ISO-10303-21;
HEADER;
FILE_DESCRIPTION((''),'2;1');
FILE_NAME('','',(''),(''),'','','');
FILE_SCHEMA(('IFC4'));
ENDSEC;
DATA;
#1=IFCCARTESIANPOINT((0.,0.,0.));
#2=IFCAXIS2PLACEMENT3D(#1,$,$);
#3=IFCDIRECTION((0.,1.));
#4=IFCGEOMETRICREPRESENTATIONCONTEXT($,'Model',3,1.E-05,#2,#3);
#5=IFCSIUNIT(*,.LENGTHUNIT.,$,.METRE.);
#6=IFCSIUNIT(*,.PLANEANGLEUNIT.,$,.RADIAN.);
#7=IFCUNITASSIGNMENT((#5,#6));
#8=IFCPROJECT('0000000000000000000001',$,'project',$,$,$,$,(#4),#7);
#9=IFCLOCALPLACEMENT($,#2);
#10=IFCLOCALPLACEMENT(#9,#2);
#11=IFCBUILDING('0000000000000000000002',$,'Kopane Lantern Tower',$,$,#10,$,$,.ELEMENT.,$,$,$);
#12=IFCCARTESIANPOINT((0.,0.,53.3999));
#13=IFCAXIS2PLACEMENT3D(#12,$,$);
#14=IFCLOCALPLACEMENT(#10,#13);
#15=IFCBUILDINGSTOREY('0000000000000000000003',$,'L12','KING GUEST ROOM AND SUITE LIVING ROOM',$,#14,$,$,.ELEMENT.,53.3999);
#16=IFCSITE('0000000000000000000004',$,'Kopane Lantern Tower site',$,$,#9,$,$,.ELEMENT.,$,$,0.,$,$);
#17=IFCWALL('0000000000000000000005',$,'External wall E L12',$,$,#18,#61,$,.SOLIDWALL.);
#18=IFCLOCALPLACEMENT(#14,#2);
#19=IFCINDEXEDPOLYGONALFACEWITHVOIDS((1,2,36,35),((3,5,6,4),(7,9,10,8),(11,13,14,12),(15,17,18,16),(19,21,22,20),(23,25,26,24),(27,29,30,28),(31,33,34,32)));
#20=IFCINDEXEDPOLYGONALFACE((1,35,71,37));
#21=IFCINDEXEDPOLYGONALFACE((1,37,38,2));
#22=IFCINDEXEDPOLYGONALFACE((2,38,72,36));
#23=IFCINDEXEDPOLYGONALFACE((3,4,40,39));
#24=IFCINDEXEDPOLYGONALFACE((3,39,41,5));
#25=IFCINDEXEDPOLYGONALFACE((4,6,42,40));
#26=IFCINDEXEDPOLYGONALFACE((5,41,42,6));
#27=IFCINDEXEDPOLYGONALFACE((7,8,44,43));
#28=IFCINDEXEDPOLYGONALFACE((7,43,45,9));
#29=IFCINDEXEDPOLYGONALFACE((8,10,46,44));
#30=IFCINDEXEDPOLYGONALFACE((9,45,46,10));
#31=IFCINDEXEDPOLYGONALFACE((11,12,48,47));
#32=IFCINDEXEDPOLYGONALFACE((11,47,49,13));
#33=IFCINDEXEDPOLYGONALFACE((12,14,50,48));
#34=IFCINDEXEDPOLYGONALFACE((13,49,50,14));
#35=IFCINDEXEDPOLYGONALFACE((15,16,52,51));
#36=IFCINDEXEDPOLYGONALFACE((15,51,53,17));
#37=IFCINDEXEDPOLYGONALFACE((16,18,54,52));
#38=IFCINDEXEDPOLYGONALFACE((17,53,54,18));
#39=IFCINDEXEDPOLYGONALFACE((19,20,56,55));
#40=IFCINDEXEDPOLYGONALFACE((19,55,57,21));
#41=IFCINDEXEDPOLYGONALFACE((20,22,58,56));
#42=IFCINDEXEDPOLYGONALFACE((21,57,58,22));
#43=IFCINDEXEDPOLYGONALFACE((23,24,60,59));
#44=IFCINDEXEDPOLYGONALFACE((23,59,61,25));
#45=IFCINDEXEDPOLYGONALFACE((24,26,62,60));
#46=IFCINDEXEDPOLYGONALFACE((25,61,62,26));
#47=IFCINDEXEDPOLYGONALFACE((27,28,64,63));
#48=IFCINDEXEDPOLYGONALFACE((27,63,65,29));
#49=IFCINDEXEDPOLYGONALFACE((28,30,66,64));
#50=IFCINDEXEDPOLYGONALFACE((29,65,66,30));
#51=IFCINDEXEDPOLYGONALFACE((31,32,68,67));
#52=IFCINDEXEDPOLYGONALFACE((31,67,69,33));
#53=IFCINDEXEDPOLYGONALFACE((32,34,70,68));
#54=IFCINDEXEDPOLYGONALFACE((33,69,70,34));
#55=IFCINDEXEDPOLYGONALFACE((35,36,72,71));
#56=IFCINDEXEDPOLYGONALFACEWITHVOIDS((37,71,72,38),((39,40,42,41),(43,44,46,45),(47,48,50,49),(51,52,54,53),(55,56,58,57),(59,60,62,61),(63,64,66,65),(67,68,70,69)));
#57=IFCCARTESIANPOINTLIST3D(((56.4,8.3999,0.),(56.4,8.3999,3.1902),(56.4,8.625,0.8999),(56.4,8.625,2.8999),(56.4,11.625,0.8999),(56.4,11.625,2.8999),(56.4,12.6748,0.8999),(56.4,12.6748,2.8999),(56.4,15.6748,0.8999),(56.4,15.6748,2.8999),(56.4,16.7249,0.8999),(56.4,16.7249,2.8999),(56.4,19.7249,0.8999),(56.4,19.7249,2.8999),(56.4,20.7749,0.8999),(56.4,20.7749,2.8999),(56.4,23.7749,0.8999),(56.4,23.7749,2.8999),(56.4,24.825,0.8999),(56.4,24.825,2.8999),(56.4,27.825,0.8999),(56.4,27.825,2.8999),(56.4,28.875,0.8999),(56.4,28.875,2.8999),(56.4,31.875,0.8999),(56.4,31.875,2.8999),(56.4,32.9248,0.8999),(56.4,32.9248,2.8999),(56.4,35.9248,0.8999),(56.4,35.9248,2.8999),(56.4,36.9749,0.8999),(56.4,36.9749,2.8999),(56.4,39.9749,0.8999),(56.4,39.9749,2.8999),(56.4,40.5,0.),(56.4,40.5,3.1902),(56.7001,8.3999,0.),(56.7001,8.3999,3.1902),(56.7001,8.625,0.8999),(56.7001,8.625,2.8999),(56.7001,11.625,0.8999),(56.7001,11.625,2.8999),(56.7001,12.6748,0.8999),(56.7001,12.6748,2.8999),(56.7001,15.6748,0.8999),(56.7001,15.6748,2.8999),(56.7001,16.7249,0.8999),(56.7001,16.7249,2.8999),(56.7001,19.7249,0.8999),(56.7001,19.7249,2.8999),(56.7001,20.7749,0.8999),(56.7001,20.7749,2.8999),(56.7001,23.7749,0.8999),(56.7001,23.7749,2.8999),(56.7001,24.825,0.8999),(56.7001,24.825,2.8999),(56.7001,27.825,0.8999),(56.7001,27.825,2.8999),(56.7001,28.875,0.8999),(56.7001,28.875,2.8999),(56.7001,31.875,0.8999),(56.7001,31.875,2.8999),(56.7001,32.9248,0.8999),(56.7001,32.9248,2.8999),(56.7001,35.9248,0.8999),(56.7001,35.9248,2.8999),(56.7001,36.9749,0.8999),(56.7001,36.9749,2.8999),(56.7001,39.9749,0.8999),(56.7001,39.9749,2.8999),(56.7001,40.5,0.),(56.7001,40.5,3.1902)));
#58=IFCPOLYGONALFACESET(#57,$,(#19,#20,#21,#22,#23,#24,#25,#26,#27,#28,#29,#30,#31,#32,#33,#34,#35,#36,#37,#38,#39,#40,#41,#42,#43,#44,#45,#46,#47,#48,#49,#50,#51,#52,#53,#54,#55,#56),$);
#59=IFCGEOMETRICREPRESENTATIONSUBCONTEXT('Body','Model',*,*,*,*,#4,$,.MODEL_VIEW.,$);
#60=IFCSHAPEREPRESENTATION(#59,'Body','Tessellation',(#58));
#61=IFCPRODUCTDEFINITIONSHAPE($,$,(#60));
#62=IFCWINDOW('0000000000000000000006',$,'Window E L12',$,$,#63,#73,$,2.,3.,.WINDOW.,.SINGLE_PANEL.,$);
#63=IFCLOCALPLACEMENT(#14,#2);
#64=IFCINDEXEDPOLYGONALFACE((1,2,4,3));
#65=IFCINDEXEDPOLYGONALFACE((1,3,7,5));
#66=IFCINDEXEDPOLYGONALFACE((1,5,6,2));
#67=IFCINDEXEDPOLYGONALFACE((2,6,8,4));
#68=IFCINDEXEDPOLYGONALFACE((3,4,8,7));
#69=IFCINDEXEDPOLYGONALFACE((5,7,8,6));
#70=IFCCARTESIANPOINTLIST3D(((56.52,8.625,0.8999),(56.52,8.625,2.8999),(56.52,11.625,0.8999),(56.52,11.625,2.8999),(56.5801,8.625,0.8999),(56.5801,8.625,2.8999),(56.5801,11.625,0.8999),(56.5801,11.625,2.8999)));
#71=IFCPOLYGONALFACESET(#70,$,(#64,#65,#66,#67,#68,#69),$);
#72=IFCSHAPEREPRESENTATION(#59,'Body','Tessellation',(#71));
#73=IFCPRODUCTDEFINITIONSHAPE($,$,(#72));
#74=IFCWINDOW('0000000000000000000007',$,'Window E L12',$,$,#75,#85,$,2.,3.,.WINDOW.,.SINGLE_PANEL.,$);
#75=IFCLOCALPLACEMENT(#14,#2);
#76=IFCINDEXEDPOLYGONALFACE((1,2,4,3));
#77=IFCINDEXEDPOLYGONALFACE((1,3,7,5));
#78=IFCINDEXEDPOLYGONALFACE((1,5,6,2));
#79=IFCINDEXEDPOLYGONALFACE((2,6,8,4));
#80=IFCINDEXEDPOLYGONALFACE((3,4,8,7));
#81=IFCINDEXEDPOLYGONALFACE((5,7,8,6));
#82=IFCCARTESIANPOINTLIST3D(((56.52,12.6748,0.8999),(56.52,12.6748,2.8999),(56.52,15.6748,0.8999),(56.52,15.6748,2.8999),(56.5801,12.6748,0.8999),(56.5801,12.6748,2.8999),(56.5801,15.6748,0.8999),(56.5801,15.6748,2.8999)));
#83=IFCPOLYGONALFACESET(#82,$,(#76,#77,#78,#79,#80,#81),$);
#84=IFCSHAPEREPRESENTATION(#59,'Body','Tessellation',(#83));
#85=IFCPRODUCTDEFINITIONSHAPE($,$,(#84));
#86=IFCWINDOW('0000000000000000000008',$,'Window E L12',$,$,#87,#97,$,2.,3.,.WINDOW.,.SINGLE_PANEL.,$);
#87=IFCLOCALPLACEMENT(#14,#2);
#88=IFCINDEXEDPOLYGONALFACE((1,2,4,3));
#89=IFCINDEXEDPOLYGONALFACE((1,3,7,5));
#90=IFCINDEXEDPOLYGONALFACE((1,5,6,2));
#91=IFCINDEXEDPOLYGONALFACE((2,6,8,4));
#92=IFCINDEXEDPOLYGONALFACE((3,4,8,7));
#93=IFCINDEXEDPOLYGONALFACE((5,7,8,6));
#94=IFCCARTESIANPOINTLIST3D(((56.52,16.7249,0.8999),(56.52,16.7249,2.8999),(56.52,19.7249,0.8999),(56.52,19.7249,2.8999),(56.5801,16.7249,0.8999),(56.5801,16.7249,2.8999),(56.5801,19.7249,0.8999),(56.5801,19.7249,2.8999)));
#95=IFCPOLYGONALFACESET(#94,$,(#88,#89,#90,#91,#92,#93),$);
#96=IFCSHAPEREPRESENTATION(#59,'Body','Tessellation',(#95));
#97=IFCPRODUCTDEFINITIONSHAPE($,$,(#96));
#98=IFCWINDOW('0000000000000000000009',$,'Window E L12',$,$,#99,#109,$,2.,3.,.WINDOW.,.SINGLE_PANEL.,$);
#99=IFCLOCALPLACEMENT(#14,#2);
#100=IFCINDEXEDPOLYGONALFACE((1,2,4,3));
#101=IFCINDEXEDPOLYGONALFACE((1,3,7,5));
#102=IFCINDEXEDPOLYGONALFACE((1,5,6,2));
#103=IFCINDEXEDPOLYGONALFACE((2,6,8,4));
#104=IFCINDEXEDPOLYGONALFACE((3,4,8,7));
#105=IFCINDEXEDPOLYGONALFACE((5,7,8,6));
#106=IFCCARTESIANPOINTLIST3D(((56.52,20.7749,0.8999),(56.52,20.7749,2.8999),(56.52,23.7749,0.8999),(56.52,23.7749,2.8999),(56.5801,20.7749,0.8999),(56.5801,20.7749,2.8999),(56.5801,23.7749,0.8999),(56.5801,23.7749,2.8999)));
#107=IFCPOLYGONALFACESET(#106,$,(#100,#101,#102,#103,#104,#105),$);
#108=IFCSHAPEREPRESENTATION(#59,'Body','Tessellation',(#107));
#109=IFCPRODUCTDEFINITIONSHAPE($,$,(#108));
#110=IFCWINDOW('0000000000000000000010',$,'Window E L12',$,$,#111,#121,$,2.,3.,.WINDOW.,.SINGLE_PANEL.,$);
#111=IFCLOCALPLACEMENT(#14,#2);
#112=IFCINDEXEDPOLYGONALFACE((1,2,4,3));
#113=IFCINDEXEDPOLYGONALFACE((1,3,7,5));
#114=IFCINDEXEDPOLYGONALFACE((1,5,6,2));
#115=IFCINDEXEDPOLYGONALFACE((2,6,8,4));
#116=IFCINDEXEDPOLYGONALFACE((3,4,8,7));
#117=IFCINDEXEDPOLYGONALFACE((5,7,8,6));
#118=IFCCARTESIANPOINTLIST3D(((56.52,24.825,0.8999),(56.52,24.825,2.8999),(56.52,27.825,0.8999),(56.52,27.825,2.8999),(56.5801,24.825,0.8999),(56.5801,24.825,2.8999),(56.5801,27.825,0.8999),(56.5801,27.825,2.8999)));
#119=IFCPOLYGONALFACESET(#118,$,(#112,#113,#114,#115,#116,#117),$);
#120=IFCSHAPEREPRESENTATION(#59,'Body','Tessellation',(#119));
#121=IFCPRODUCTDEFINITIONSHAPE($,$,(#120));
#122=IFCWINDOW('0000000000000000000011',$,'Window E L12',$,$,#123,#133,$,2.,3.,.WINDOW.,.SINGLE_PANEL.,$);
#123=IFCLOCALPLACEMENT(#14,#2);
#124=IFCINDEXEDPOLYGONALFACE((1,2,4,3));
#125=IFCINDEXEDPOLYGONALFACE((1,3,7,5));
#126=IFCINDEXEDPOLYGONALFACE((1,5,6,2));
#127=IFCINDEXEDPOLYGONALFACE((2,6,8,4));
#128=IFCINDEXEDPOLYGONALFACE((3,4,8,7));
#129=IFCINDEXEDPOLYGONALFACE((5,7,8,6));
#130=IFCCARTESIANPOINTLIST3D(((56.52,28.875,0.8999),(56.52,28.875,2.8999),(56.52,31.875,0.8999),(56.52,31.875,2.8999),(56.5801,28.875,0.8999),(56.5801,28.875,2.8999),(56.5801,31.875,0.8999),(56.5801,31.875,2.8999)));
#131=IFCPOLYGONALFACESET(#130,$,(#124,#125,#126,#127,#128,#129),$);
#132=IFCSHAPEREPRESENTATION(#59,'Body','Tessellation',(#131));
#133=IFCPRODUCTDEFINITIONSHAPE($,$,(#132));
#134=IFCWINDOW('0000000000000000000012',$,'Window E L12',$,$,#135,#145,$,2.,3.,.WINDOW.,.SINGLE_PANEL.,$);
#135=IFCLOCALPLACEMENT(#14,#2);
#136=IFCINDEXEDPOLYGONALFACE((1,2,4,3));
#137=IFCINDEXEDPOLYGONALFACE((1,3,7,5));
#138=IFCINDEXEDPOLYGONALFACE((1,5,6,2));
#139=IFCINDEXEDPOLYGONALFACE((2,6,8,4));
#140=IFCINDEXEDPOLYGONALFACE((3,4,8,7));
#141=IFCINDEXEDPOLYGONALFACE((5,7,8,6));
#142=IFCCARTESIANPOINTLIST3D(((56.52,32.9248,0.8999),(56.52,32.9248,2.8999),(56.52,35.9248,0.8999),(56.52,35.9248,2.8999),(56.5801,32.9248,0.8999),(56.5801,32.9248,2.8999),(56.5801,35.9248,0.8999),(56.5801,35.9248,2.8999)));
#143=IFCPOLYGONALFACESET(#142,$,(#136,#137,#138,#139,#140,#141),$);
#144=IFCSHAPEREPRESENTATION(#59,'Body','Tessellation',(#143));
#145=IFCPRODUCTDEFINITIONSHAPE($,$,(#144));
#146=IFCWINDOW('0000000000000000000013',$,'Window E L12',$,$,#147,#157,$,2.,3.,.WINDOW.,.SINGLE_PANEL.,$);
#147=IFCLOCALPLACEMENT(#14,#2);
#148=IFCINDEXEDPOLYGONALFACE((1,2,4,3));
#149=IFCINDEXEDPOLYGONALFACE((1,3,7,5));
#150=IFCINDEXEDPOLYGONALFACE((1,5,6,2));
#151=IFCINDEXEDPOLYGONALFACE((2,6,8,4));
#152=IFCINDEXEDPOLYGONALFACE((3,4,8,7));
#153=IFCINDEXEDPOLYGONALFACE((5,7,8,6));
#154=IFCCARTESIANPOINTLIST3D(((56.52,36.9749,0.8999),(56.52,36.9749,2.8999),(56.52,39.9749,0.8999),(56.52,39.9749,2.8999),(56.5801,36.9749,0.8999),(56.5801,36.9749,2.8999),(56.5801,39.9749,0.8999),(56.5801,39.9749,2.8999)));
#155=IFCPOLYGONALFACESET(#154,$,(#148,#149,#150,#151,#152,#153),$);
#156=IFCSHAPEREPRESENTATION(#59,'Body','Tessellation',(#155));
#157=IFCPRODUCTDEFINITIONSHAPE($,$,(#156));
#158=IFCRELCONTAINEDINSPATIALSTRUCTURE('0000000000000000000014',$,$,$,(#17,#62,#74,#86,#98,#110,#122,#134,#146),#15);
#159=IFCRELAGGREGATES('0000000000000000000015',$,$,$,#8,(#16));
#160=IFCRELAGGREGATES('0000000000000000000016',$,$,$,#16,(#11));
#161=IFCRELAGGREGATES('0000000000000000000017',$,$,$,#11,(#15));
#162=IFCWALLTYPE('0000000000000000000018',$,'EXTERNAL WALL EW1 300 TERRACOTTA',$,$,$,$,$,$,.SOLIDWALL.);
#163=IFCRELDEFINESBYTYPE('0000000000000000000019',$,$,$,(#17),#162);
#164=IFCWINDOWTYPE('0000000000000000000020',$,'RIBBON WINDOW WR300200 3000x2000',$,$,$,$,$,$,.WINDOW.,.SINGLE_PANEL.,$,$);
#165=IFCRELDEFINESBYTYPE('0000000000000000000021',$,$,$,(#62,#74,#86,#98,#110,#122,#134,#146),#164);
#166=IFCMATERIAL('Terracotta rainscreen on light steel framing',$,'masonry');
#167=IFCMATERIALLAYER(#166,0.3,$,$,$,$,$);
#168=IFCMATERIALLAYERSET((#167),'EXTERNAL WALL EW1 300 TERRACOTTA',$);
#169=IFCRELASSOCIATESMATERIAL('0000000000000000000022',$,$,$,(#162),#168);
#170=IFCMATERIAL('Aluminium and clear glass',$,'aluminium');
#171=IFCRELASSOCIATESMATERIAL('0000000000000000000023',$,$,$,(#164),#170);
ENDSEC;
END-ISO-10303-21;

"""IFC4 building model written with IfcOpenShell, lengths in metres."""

from ifc_helpers import new_model, si_unit, direction, frame, frame_2d, origin, place, context, subcontext, project, spatial, rectangle, extrude, material, layer, layer_set, type_object, element, fill, save


model = new_model("IFC4")

# Units and contexts
model_context = context("Model", 3, precision=1e-05, world=origin(), true_north=direction((0.0, 1.0)))
body_context = subcontext(model_context, "Body", "Model", "MODEL_VIEW")
ifc_project = project(units=[si_unit("LENGTHUNIT", "METRE"), si_unit("PLANEANGLEUNIT", "RADIAN")], contexts=[model_context])

# Site, building, storey
site_placement = place(None, origin())
site = spatial("IfcSite", under=ifc_project, at=site_placement, Name="Kopane Lantern Tower site", CompositionType="ELEMENT", RefElevation=0.0)
building_placement = place(site_placement, origin())
building = spatial("IfcBuilding", under=site, at=building_placement, Name="Kopane Lantern Tower", CompositionType="ELEMENT")
storey_placement = place(building_placement, frame((0.0, 0.0, 53.3999)))
storey = spatial("IfcBuildingStorey", under=building, at=storey_placement, Name="L12", Description="KING GUEST ROOM AND SUITE LIVING ROOM", CompositionType="ELEMENT", Elevation=53.3999)

# Shared definitions
ifc_material_1 = material(Name="Terracotta rainscreen on light steel framing", Category="masonry")
ifc_layer = layer(ifc_material_1, 0.3)
ifc_layer_set = layer_set([ifc_layer], Name="EXTERNAL WALL EW1 300 TERRACOTTA")
wall_type = type_object("IfcWallType", Name="EXTERNAL WALL EW1 300 TERRACOTTA", PredefinedType="SOLIDWALL", material=ifc_layer_set)

# Wall, openings, windows
wall_1_placement = place(storey_placement, frame((56.55, 8.3999, 0.0), z_axis=(0.0, 0.0, 1.0), x_axis=(0.0, 1.0, 0.0)))
wall_1 = element("IfcWall", 1, at=wall_1_placement, inside=storey, type_object=wall_type, Name="External wall E L12", PredefinedType="SOLIDWALL", context=body_context, shape_type="SweptSolid", body=[
    extrude(rectangle(XDim=32.1001, YDim=0.3, at=frame_2d((16.05, 0.0))), origin(), (0.0, 0.0, 1.0), 3.1902),
])
opening_1_placement = place(wall_1_placement, frame((0.2251, 0.0, 0.8999)))
opening_1 = element("IfcOpeningElement", 2, at=opening_1_placement, cuts=wall_1, PredefinedType="OPENING", context=body_context, shape_type="SweptSolid", body=[
    extrude(rectangle(XDim=3.0, YDim=2.0, at=frame_2d((1.5, 1.0))), frame((0.0, 0.1599, 0.0), z_axis=(0.0, -1.0, 0.0), x_axis=(1.0, 0.0, 0.0)), (0.0, 0.0, 1.0), 0.3201),
])
opening_2_placement = place(wall_1_placement, frame((4.2749, 0.0, 0.8999)))
opening_2 = element("IfcOpeningElement", 3, at=opening_2_placement, cuts=wall_1, PredefinedType="OPENING", context=body_context, shape_type="SweptSolid", body=[
    extrude(rectangle(XDim=3.0, YDim=2.0, at=frame_2d((1.5, 1.0))), frame((0.0, 0.1599, 0.0), z_axis=(0.0, -1.0, 0.0), x_axis=(1.0, 0.0, 0.0)), (0.0, 0.0, 1.0), 0.3201),
])
opening_3_placement = place(wall_1_placement, frame((8.325, 0.0, 0.8999)))
opening_3 = element("IfcOpeningElement", 4, at=opening_3_placement, cuts=wall_1, PredefinedType="OPENING", context=body_context, shape_type="SweptSolid", body=[
    extrude(rectangle(XDim=3.0, YDim=2.0, at=frame_2d((1.5, 1.0))), frame((0.0, 0.1599, 0.0), z_axis=(0.0, -1.0, 0.0), x_axis=(1.0, 0.0, 0.0)), (0.0, 0.0, 1.0), 0.3201),
])
opening_4_placement = place(wall_1_placement, frame((12.375, 0.0, 0.8999)))
opening_4 = element("IfcOpeningElement", 5, at=opening_4_placement, cuts=wall_1, PredefinedType="OPENING", context=body_context, shape_type="SweptSolid", body=[
    extrude(rectangle(XDim=3.0, YDim=2.0, at=frame_2d((1.5, 1.0))), frame((0.0, 0.1599, 0.0), z_axis=(0.0, -1.0, 0.0), x_axis=(1.0, 0.0, 0.0)), (0.0, 0.0, 1.0), 0.3201),
])
opening_5_placement = place(wall_1_placement, frame((16.425, 0.0, 0.8999)))
opening_5 = element("IfcOpeningElement", 6, at=opening_5_placement, cuts=wall_1, PredefinedType="OPENING", context=body_context, shape_type="SweptSolid", body=[
    extrude(rectangle(XDim=3.0, YDim=2.0, at=frame_2d((1.5, 1.0))), frame((0.0, 0.1599, 0.0), z_axis=(0.0, -1.0, 0.0), x_axis=(1.0, 0.0, 0.0)), (0.0, 0.0, 1.0), 0.3201),
])
opening_6_placement = place(wall_1_placement, frame((20.4751, 0.0, 0.8999)))
opening_6 = element("IfcOpeningElement", 7, at=opening_6_placement, cuts=wall_1, PredefinedType="OPENING", context=body_context, shape_type="SweptSolid", body=[
    extrude(rectangle(XDim=3.0, YDim=2.0, at=frame_2d((1.5, 1.0))), frame((0.0, 0.1599, 0.0), z_axis=(0.0, -1.0, 0.0), x_axis=(1.0, 0.0, 0.0)), (0.0, 0.0, 1.0), 0.3201),
])
opening_7_placement = place(wall_1_placement, frame((24.5249, 0.0, 0.8999)))
opening_7 = element("IfcOpeningElement", 8, at=opening_7_placement, cuts=wall_1, PredefinedType="OPENING", context=body_context, shape_type="SweptSolid", body=[
    extrude(rectangle(XDim=3.0, YDim=2.0, at=frame_2d((1.5, 1.0))), frame((0.0, 0.1599, 0.0), z_axis=(0.0, -1.0, 0.0), x_axis=(1.0, 0.0, 0.0)), (0.0, 0.0, 1.0), 0.3201),
])
opening_8_placement = place(wall_1_placement, frame((28.575, 0.0, 0.8999)))
opening_8 = element("IfcOpeningElement", 9, at=opening_8_placement, cuts=wall_1, PredefinedType="OPENING", context=body_context, shape_type="SweptSolid", body=[
    extrude(rectangle(XDim=3.0, YDim=2.0, at=frame_2d((1.5, 1.0))), frame((0.0, 0.1599, 0.0), z_axis=(0.0, -1.0, 0.0), x_axis=(1.0, 0.0, 0.0)), (0.0, 0.0, 1.0), 0.3201),
])
ifc_material_2 = material(Name="Aluminium and clear glass", Category="aluminium")
window_type_1 = type_object("IfcWindowType", Name="RIBBON WINDOW WR300200 3000x2000", PartitioningType="SINGLE_PANEL", PredefinedType="WINDOW", material=ifc_material_2)
window_1_placement = place(opening_1_placement, origin())
window_1 = element("IfcWindow", 10, at=window_1_placement, inside=storey, type_object=window_type_1, Name="Window E L12", OverallHeight=2.0, OverallWidth=3.0, PartitioningType="SINGLE_PANEL", PredefinedType="WINDOW", context=body_context, shape_type="SweptSolid", body=[
    extrude(rectangle(XDim=3.0, YDim=2.0, at=frame_2d((1.5, 1.0))), frame((0.0, 0.03, 0.0), z_axis=(0.0, -1.0, 0.0), x_axis=(1.0, 0.0, 0.0)), (0.0, 0.0, 1.0), 0.0601),
])
fill(opening_1, window_1)
window_2_placement = place(opening_2_placement, origin())
window_2 = element("IfcWindow", 11, at=window_2_placement, inside=storey, type_object=window_type_1, Name="Window E L12", OverallHeight=2.0, OverallWidth=3.0, PartitioningType="SINGLE_PANEL", PredefinedType="WINDOW", context=body_context, shape_type="SweptSolid", body=[
    extrude(rectangle(XDim=3.0, YDim=2.0, at=frame_2d((1.5, 1.0))), frame((0.0, 0.03, 0.0), z_axis=(0.0, -1.0, 0.0), x_axis=(1.0, 0.0, 0.0)), (0.0, 0.0, 1.0), 0.0601),
])
fill(opening_2, window_2)
window_3_placement = place(opening_3_placement, origin())
window_3 = element("IfcWindow", 12, at=window_3_placement, inside=storey, type_object=window_type_1, Name="Window E L12", OverallHeight=2.0, OverallWidth=3.0, PartitioningType="SINGLE_PANEL", PredefinedType="WINDOW", context=body_context, shape_type="SweptSolid", body=[
    extrude(rectangle(XDim=3.0, YDim=2.0, at=frame_2d((1.5, 1.0))), frame((0.0, 0.03, 0.0), z_axis=(0.0, -1.0, 0.0), x_axis=(1.0, 0.0, 0.0)), (0.0, 0.0, 1.0), 0.0601),
])
fill(opening_3, window_3)
window_4_placement = place(opening_4_placement, origin())
window_4 = element("IfcWindow", 13, at=window_4_placement, inside=storey, type_object=window_type_1, Name="Window E L12", OverallHeight=2.0, OverallWidth=3.0, PartitioningType="SINGLE_PANEL", PredefinedType="WINDOW", context=body_context, shape_type="SweptSolid", body=[
    extrude(rectangle(XDim=3.0, YDim=2.0, at=frame_2d((1.5, 1.0))), frame((0.0, 0.03, 0.0), z_axis=(0.0, -1.0, 0.0), x_axis=(1.0, 0.0, 0.0)), (0.0, 0.0, 1.0), 0.0601),
])
fill(opening_4, window_4)
window_5_placement = place(opening_5_placement, origin())
window_5 = element("IfcWindow", 14, at=window_5_placement, inside=storey, type_object=window_type_1, Name="Window E L12", OverallHeight=2.0, OverallWidth=3.0, PartitioningType="SINGLE_PANEL", PredefinedType="WINDOW", context=body_context, shape_type="SweptSolid", body=[
    extrude(rectangle(XDim=3.0, YDim=2.0, at=frame_2d((1.5, 1.0))), frame((0.0, 0.03, 0.0), z_axis=(0.0, -1.0, 0.0), x_axis=(1.0, 0.0, 0.0)), (0.0, 0.0, 1.0), 0.0601),
])
fill(opening_5, window_5)
window_6_placement = place(opening_6_placement, origin())
window_6 = element("IfcWindow", 15, at=window_6_placement, inside=storey, type_object=window_type_1, Name="Window E L12", OverallHeight=2.0, OverallWidth=3.0, PartitioningType="SINGLE_PANEL", PredefinedType="WINDOW", context=body_context, shape_type="SweptSolid", body=[
    extrude(rectangle(XDim=3.0, YDim=2.0, at=frame_2d((1.5, 1.0))), frame((0.0, 0.03, 0.0), z_axis=(0.0, -1.0, 0.0), x_axis=(1.0, 0.0, 0.0)), (0.0, 0.0, 1.0), 0.0601),
])
fill(opening_6, window_6)
window_7_placement = place(opening_7_placement, origin())
window_7 = element("IfcWindow", 16, at=window_7_placement, inside=storey, type_object=window_type_1, Name="Window E L12", OverallHeight=2.0, OverallWidth=3.0, PartitioningType="SINGLE_PANEL", PredefinedType="WINDOW", context=body_context, shape_type="SweptSolid", body=[
    extrude(rectangle(XDim=3.0, YDim=2.0, at=frame_2d((1.5, 1.0))), frame((0.0, 0.03, 0.0), z_axis=(0.0, -1.0, 0.0), x_axis=(1.0, 0.0, 0.0)), (0.0, 0.0, 1.0), 0.0601),
])
fill(opening_7, window_7)
window_8_placement = place(opening_8_placement, origin())
window_8 = element("IfcWindow", 17, at=window_8_placement, inside=storey, type_object=window_type_1, Name="Window E L12", OverallHeight=2.0, OverallWidth=3.0, PartitioningType="SINGLE_PANEL", PredefinedType="WINDOW", context=body_context, shape_type="SweptSolid", body=[
    extrude(rectangle(XDim=3.0, YDim=2.0, at=frame_2d((1.5, 1.0))), frame((0.0, 0.03, 0.0), z_axis=(0.0, -1.0, 0.0), x_axis=(1.0, 0.0, 0.0)), (0.0, 0.0, 1.0), 0.0601),
])
fill(opening_8, window_8)

save(model, "model.ifc")
